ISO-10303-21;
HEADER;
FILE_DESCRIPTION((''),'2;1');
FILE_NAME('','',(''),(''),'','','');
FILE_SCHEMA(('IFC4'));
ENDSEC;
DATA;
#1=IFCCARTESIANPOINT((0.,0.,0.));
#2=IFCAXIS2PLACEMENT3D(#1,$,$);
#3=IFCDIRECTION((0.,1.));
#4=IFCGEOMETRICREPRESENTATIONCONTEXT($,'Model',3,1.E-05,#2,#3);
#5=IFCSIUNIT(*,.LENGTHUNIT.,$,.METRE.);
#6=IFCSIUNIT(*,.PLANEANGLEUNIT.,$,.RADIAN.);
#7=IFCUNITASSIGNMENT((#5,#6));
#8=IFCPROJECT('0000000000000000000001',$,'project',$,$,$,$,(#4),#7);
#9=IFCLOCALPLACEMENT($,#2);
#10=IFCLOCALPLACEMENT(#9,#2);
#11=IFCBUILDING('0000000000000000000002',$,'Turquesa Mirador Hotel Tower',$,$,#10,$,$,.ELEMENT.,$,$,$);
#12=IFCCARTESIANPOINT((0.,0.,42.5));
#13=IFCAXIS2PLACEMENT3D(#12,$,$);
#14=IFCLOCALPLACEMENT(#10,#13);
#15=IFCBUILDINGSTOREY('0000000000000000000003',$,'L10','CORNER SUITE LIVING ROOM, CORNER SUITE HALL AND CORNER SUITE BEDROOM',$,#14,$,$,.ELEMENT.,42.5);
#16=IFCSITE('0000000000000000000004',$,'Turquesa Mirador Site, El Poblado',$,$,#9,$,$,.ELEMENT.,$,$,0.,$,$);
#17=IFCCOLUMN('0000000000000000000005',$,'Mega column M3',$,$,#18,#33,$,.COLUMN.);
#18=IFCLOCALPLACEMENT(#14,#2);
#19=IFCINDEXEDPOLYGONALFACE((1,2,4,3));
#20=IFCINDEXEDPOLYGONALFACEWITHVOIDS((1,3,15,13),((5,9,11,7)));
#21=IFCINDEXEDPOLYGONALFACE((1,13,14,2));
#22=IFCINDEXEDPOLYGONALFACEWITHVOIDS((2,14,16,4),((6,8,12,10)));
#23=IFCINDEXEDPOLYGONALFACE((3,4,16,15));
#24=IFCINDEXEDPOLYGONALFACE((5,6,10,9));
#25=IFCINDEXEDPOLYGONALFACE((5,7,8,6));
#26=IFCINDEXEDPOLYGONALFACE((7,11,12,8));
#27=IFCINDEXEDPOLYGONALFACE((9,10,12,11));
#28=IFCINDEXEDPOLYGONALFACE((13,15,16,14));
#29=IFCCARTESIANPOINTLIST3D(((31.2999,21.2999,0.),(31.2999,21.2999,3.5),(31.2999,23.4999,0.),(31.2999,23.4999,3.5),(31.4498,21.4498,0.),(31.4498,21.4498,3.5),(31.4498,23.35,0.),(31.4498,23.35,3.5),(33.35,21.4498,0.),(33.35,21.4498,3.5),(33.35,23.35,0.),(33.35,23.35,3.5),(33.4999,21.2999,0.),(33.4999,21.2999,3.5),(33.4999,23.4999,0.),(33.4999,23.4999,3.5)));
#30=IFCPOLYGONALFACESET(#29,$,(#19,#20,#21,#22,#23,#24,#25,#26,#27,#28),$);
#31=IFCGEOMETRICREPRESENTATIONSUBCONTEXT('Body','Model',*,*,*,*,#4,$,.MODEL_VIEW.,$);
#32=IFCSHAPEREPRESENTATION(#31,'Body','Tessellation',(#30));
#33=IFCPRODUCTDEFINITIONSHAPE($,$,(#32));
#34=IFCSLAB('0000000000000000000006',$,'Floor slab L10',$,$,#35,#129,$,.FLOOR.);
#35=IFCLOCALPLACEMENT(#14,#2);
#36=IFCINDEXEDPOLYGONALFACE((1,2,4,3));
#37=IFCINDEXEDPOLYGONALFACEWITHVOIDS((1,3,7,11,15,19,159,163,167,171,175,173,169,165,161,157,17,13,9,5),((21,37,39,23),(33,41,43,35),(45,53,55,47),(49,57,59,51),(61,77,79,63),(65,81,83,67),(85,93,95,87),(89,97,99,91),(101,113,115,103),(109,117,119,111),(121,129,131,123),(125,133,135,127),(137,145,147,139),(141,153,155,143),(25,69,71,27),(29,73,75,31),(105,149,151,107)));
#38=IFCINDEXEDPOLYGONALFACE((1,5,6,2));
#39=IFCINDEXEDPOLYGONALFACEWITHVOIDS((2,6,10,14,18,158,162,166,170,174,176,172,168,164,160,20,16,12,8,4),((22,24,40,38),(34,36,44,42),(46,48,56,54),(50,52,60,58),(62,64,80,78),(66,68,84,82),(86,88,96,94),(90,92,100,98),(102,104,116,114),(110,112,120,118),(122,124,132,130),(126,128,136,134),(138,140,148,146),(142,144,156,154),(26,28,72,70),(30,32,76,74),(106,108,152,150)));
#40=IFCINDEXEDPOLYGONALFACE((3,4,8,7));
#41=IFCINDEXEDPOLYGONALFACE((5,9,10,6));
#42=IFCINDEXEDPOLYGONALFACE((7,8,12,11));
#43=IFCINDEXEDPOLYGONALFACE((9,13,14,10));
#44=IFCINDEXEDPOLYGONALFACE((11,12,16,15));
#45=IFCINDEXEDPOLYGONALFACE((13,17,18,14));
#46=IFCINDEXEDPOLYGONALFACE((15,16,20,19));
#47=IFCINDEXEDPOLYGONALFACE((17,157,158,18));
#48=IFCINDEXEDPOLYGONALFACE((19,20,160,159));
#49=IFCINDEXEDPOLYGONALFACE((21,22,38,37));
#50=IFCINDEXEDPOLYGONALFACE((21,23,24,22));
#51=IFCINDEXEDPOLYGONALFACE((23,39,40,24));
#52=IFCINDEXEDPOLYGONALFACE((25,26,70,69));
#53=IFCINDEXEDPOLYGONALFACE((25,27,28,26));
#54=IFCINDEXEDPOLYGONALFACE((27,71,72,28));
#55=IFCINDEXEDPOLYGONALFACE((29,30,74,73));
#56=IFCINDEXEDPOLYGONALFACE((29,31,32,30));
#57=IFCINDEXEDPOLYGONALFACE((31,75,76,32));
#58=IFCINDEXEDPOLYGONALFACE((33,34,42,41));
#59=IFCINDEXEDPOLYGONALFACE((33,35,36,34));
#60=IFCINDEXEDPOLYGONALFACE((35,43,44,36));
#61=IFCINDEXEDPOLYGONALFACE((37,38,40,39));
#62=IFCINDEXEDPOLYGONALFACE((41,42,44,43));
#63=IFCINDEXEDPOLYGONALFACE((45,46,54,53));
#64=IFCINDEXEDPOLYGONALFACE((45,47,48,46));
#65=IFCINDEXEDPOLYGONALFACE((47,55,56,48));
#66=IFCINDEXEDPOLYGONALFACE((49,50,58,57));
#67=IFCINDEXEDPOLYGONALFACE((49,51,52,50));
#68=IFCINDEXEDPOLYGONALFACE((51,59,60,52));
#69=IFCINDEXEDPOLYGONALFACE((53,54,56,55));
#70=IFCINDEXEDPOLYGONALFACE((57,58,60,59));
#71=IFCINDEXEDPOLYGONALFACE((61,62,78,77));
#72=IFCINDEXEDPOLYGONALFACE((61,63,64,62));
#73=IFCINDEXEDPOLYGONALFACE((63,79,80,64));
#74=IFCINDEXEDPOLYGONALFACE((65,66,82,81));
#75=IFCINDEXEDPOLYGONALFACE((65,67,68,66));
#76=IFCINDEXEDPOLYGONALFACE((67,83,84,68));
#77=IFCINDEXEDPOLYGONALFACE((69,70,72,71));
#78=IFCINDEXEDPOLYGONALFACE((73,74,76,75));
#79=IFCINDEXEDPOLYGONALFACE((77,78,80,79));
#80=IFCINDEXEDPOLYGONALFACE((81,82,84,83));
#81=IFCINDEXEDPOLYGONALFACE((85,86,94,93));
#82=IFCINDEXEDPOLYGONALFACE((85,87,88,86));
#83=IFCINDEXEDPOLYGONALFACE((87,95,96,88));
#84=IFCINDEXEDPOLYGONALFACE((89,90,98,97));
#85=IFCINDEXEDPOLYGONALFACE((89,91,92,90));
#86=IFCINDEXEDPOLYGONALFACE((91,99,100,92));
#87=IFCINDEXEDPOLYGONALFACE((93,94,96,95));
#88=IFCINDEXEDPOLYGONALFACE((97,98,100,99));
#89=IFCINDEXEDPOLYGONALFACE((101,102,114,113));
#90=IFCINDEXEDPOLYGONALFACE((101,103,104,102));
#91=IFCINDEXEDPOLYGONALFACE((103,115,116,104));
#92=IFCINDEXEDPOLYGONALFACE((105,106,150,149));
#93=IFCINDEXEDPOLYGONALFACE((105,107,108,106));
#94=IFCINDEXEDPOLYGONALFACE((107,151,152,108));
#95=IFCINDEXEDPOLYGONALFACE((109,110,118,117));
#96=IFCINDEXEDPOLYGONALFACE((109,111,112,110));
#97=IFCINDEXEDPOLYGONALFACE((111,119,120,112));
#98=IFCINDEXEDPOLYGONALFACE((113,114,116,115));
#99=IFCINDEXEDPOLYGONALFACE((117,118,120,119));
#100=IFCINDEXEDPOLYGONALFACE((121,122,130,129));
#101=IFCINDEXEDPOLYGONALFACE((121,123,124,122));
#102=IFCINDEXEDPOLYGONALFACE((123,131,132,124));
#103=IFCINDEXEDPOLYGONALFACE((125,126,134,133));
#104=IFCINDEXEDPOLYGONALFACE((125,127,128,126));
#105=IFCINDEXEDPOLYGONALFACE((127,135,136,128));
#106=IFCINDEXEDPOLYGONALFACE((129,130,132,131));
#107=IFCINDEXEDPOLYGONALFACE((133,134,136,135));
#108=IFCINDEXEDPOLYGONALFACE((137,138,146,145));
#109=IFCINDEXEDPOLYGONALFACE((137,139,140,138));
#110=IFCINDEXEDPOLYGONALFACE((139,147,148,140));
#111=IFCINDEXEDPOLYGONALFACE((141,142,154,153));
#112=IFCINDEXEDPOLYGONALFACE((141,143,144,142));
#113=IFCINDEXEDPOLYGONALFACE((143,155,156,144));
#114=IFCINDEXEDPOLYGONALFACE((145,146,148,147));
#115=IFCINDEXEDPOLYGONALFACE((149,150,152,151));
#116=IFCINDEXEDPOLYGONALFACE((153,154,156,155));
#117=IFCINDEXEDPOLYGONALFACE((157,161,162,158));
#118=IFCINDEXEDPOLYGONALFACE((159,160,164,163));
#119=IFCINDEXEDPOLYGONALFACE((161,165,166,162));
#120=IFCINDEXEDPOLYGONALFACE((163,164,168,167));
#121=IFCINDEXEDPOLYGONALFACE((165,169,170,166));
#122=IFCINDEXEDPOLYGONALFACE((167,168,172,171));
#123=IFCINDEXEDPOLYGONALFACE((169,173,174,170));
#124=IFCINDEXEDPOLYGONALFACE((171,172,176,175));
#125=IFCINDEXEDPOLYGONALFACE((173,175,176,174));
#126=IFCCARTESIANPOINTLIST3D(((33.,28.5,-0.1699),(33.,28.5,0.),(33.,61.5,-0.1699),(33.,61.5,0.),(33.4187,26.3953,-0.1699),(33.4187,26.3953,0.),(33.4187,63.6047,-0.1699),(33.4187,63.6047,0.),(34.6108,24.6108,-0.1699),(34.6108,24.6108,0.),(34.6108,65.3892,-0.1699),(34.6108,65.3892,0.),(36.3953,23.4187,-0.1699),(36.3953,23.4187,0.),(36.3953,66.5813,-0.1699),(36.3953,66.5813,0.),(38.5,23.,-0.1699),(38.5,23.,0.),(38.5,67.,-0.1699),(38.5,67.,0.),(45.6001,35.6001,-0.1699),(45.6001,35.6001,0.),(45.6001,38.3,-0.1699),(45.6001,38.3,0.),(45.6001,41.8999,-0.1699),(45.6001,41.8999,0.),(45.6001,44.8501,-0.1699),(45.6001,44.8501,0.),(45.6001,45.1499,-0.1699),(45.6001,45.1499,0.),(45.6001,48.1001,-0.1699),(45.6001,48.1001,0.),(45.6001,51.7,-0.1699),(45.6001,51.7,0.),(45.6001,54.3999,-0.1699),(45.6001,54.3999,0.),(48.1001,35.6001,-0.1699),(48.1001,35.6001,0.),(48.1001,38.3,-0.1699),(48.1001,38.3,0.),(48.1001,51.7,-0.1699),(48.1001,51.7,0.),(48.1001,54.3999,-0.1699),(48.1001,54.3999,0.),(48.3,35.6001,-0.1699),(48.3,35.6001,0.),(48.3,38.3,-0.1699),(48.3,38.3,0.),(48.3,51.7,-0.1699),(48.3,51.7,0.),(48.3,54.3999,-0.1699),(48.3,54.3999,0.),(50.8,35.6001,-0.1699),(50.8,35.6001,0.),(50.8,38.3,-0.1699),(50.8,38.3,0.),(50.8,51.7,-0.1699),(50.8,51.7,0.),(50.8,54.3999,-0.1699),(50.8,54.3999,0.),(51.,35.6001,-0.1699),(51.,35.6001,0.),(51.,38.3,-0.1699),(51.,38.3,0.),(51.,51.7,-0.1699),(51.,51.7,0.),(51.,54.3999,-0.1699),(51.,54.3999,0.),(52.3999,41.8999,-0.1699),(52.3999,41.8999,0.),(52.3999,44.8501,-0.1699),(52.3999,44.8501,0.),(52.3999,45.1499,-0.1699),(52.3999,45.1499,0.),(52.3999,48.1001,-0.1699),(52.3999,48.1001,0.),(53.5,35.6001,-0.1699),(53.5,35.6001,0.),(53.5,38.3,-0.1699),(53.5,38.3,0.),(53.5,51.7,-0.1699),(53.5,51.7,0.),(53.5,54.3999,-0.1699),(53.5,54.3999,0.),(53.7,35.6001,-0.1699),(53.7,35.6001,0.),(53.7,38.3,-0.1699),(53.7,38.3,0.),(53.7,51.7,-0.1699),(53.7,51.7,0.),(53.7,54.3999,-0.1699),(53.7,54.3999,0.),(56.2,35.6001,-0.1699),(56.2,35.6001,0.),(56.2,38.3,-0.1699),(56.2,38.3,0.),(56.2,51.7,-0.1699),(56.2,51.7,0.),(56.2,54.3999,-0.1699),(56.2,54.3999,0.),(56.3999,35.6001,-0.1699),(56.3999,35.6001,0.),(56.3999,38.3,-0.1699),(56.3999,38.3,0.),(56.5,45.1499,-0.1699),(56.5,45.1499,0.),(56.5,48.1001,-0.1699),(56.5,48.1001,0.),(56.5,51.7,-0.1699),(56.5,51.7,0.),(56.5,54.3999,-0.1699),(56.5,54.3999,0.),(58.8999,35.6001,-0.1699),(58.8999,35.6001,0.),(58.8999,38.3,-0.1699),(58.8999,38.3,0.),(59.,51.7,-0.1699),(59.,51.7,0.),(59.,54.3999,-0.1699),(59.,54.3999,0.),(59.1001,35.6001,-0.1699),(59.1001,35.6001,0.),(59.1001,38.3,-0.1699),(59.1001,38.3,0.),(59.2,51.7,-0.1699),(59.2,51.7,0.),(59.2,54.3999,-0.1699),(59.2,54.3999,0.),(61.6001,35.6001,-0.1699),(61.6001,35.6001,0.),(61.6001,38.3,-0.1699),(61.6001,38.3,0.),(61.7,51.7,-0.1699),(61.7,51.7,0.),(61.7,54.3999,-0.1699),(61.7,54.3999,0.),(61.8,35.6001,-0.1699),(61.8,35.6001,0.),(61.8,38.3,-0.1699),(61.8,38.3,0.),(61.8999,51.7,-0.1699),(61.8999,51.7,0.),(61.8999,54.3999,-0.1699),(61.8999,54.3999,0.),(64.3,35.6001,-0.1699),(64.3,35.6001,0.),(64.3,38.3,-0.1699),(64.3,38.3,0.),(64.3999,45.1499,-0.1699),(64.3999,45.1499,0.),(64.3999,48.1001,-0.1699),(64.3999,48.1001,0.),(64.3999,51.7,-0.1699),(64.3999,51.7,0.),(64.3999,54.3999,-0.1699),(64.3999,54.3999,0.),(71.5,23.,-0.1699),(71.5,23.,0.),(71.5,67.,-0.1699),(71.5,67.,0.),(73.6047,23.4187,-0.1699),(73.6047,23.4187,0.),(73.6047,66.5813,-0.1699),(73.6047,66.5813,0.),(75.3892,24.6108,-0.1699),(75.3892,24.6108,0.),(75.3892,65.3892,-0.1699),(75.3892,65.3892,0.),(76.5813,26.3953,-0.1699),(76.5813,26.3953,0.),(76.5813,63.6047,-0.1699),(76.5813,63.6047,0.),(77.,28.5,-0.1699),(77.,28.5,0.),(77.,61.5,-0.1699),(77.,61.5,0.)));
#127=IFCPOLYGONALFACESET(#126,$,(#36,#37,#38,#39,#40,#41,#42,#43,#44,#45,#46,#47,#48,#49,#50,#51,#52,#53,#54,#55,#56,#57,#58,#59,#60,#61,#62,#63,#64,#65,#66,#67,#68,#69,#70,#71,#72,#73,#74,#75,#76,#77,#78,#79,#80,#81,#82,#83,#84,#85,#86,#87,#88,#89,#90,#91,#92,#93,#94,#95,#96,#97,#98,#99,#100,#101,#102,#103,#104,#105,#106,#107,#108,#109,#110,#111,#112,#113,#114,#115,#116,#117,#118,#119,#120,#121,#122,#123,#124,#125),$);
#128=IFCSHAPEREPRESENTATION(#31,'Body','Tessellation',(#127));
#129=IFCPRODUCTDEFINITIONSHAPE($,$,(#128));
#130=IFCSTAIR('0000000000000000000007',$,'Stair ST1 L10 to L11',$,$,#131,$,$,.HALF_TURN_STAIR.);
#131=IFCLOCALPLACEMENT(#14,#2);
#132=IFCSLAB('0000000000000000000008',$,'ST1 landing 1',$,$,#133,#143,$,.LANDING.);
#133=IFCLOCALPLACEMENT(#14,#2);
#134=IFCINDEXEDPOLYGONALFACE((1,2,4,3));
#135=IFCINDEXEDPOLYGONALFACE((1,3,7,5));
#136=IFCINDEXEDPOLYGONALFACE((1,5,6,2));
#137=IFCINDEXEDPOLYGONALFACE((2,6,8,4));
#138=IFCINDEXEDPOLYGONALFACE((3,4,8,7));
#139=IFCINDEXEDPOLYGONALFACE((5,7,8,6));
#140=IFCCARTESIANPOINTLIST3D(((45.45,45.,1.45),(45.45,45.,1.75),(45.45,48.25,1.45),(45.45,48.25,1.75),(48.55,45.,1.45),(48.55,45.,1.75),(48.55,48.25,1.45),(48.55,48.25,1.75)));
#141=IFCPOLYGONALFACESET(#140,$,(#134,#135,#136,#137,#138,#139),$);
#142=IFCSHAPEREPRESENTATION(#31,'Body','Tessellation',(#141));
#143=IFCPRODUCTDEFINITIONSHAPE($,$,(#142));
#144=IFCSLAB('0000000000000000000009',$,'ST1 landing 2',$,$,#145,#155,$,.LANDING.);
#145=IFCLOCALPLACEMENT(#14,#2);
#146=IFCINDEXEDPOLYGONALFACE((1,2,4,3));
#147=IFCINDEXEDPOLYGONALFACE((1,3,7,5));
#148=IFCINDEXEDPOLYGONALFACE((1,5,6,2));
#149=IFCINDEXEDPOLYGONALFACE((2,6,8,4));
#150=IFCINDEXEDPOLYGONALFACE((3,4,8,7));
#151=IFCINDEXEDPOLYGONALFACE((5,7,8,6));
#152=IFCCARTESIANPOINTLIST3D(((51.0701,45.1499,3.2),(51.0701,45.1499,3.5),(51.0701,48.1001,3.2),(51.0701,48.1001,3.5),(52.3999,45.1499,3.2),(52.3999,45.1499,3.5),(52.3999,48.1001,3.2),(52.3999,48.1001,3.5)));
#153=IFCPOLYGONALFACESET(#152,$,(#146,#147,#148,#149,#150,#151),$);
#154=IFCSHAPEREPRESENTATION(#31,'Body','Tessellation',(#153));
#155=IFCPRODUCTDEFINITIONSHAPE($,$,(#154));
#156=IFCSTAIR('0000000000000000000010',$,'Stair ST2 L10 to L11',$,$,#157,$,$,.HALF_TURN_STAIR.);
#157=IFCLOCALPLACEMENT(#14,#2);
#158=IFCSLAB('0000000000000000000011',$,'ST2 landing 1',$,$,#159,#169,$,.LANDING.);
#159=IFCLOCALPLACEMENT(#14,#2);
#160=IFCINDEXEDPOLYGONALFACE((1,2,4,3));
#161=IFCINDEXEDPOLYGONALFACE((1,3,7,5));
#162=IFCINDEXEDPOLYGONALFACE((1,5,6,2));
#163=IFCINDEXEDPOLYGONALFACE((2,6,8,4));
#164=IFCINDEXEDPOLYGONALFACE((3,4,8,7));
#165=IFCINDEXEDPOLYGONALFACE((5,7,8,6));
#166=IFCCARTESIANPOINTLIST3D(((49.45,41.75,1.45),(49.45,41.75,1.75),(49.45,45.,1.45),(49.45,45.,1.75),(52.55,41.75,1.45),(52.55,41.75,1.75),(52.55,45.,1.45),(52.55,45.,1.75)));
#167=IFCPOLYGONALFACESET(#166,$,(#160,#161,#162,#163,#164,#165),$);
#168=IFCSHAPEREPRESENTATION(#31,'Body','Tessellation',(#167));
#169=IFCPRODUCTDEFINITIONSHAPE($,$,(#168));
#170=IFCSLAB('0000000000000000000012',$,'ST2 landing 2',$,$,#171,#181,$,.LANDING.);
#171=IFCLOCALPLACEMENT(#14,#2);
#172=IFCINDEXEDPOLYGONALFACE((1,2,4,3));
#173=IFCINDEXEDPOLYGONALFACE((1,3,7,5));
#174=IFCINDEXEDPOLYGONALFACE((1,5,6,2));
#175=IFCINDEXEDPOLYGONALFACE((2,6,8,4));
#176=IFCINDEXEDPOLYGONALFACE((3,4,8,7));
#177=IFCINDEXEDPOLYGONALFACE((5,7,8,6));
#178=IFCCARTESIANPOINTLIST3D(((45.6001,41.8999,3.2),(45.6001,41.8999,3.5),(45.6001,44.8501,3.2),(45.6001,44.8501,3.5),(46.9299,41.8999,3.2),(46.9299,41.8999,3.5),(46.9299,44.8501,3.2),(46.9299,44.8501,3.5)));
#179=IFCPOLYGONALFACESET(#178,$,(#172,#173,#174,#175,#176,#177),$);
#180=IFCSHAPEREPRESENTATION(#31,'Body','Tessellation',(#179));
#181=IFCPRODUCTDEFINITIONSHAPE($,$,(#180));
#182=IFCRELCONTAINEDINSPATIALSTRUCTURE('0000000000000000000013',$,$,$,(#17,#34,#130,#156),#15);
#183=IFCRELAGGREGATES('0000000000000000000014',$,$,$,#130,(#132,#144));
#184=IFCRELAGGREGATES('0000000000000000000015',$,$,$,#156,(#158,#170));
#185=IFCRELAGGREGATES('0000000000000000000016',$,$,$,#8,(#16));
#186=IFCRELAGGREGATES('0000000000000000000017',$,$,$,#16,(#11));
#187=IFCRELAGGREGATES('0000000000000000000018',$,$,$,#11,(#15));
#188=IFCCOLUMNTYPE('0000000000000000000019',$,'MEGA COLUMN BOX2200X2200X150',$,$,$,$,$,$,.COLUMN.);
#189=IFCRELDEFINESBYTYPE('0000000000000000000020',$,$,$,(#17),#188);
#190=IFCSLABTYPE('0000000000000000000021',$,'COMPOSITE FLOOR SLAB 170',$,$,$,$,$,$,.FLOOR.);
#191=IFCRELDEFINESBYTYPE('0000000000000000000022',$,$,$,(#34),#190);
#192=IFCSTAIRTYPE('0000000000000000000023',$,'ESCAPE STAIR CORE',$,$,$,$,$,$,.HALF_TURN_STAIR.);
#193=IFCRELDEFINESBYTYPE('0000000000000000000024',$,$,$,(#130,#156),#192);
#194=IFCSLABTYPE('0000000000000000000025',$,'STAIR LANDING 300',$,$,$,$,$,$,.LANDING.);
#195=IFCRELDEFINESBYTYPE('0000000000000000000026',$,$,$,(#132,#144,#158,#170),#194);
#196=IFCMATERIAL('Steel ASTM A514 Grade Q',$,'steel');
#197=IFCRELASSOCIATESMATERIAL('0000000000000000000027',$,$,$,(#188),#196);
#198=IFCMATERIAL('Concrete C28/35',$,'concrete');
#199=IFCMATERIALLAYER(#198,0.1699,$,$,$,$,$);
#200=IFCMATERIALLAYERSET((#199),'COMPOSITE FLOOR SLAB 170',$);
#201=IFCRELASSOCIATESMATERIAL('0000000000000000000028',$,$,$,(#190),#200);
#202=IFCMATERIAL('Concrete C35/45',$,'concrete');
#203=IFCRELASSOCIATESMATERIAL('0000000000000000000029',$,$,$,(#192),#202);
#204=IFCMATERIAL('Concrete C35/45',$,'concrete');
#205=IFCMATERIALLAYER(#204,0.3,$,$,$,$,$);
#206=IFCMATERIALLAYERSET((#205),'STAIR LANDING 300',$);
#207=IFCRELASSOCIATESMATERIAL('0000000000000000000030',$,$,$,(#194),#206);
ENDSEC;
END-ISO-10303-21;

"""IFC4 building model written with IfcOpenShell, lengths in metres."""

from ifc_helpers import new_model, si_unit, direction, frame, origin, origin_2d, place, context, subcontext, project, spatial, polyline, hollow_rectangle, outline, extrude, material, layer, layer_set, material_profile, profile_set, type_object, element, aggregate, save


model = new_model("IFC4")

# Units and contexts
model_context = context("Model", 3, precision=1e-05, world=origin(), true_north=direction((0.0, 1.0)))
body_context = subcontext(model_context, "Body", "Model", "MODEL_VIEW")
ifc_project = project(units=[si_unit("LENGTHUNIT", "METRE"), si_unit("PLANEANGLEUNIT", "RADIAN")], contexts=[model_context])

# Site, building, storey
site_placement = place(None, origin())
site = spatial("IfcSite", under=ifc_project, at=site_placement, Name="Turquesa Mirador Site, El Poblado", CompositionType="ELEMENT", RefElevation=0.0)
building_placement = place(site_placement, origin())
building = spatial("IfcBuilding", under=site, at=building_placement, Name="Turquesa Mirador Hotel Tower", CompositionType="ELEMENT")
storey_placement = place(building_placement, frame((0.0, 0.0, 42.5)))
storey = spatial("IfcBuildingStorey", under=building, at=storey_placement, Name="L10", Description="CORNER SUITE LIVING ROOM, CORNER SUITE HALL AND CORNER SUITE BEDROOM", CompositionType="ELEMENT", Elevation=42.5)

# Column
ifc_material_1 = material(Name="Steel ASTM A514 Grade Q", Category="steel")
ifc_material_profile = material_profile(ifc_material_1, hollow_rectangle(XDim=2.2, YDim=2.2, WallThickness=0.1499, at=origin_2d()), Name="BOX2200X2200X150")
ifc_profile_set = profile_set([ifc_material_profile], Name="Steel ASTM A514 Grade Q")
column_type = type_object("IfcColumnType", Name="MEGA COLUMN BOX2200X2200X150", PredefinedType="COLUMN", material=ifc_profile_set)
column_placement = place(storey_placement, frame((32.3999, 22.3999, 0.0), z_axis=(0.0, 0.0, 1.0), x_axis=(1.0, 0.0, 0.0)))
element("IfcColumn", 1, at=column_placement, inside=storey, type_object=column_type, Name="Mega column M3", PredefinedType="COLUMN", context=body_context, shape_type="SweptSolid", body=[
    extrude(hollow_rectangle(XDim=2.2, YDim=2.2, WallThickness=0.1499, at=origin_2d()), origin(), (0.0, 0.0, 1.0), 3.5),
])

# Slab
ifc_material_2 = material(Name="Concrete C28/35", Category="concrete")
ifc_layer_1 = layer(ifc_material_2, 0.1699)
ifc_layer_set_1 = layer_set([ifc_layer_1], Name="COMPOSITE FLOOR SLAB 170")
slab_type_1 = type_object("IfcSlabType", Name="COMPOSITE FLOOR SLAB 170", PredefinedType="FLOOR", material=ifc_layer_set_1)
slab_1_placement = place(storey_placement, frame((0.0, 0.0, -0.1699)))
element("IfcSlab", 2, at=slab_1_placement, inside=storey, type_object=slab_type_1, Name="Floor slab L10", PredefinedType="FLOOR", context=body_context, shape_type="SweptSolid", body=[
    extrude(outline(polyline([(71.5, 23.0), (73.6047, 23.4187), (75.3892, 24.6108), (76.5813, 26.3953), (77.0, 28.5), (77.0, 61.5), (76.5813, 63.6047), (75.3892, 65.3892), (73.6047, 66.5813), (71.5, 67.0), (38.5, 67.0), (36.3953, 66.5813), (34.6108, 65.3892), (33.4187, 63.6047), (33.0, 61.5), (33.0, 28.5), (33.4187, 26.3953), (34.6108, 24.6108), (36.3953, 23.4187), (38.5, 23.0), (71.5, 23.0)]), holes=[polyline([(45.6001, 51.7), (48.1001, 51.7), (48.1001, 54.3999), (45.6001, 54.3999), (45.6001, 51.7)]), polyline([(48.3, 51.7), (50.8, 51.7), (50.8, 54.3999), (48.3, 54.3999), (48.3, 51.7)]), polyline([(51.0, 51.7), (53.5, 51.7), (53.5, 54.3999), (51.0, 54.3999), (51.0, 51.7)]), polyline([(53.7, 51.7), (56.2, 51.7), (56.2, 54.3999), (53.7, 54.3999), (53.7, 51.7)]), polyline([(56.5, 51.7), (59.0, 51.7), (59.0, 54.3999), (56.5, 54.3999), (56.5, 51.7)]), polyline([(59.2, 51.7), (61.7, 51.7), (61.7, 54.3999), (59.2, 54.3999), (59.2, 51.7)]), polyline([(45.6001, 35.6001), (48.1001, 35.6001), (48.1001, 38.3), (45.6001, 38.3), (45.6001, 35.6001)]), polyline([(48.3, 35.6001), (50.8, 35.6001), (50.8, 38.3), (48.3, 38.3), (48.3, 35.6001)]), polyline([(51.0, 35.6001), (53.5, 35.6001), (53.5, 38.3), (51.0, 38.3), (51.0, 35.6001)]), polyline([(53.7, 35.6001), (56.2, 35.6001), (56.2, 38.3), (53.7, 38.3), (53.7, 35.6001)]), polyline([(56.3999, 35.6001), (58.8999, 35.6001), (58.8999, 38.3), (56.3999, 38.3), (56.3999, 35.6001)]), polyline([(59.1001, 35.6001), (61.6001, 35.6001), (61.6001, 38.3), (59.1001, 38.3), (59.1001, 35.6001)]), polyline([(61.8, 35.6001), (64.3, 35.6001), (64.3, 38.3), (61.8, 38.3), (61.8, 35.6001)]), polyline([(45.6001, 45.1499), (52.3999, 45.1499), (52.3999, 48.1001), (45.6001, 48.1001), (45.6001, 45.1499)]), polyline([(45.6001, 41.8999), (52.3999, 41.8999), (52.3999, 44.8501), (45.6001, 44.8501), (45.6001, 41.8999)]), polyline([(56.5, 45.1499), (64.3999, 45.1499), (64.3999, 48.1001), (56.5, 48.1001), (56.5, 45.1499)]), polyline([(61.8999, 51.7), (64.3999, 51.7), (64.3999, 54.3999), (61.8999, 54.3999), (61.8999, 51.7)])]), origin(), (0.0, 0.0, 1.0), 0.1699),
])

# Stairs, slabs
ifc_material_3 = material(Name="Concrete C35/45", Category="concrete")
stair_type = type_object("IfcStairType", Name="ESCAPE STAIR CORE", PredefinedType="HALF_TURN_STAIR", material=ifc_material_3)
stair_1_placement = place(storey_placement, origin())
stair_1 = element("IfcStair", 3, at=stair_1_placement, inside=storey, type_object=stair_type, Name="Stair ST1 L10 to L11", PredefinedType="HALF_TURN_STAIR")
ifc_material_4 = material(Name="Concrete C35/45", Category="concrete")
ifc_layer_2 = layer(ifc_material_4, 0.3)
ifc_layer_set_2 = layer_set([ifc_layer_2], Name="STAIR LANDING 300")
slab_type_2 = type_object("IfcSlabType", Name="STAIR LANDING 300", PredefinedType="LANDING", material=ifc_layer_set_2)
slab_2_placement = place(storey_placement, frame((0.0, 0.0, 1.45)))
slab_2 = element("IfcSlab", 4, at=slab_2_placement, type_object=slab_type_2, Name="ST1 landing 1", PredefinedType="LANDING", context=body_context, shape_type="SweptSolid", body=[
    extrude(outline(polyline([(45.45, 45.0), (48.55, 45.0), (48.55, 48.25), (45.45, 48.25), (45.45, 45.0)])), origin(), (0.0, 0.0, 1.0), 0.3),
])
slab_3_placement = place(storey_placement, frame((0.0, 0.0, 3.2)))
slab_3 = element("IfcSlab", 5, at=slab_3_placement, type_object=slab_type_2, Name="ST1 landing 2", PredefinedType="LANDING", context=body_context, shape_type="SweptSolid", body=[
    extrude(outline(polyline([(51.0701, 45.1499), (52.3999, 45.1499), (52.3999, 48.1001), (51.0701, 48.1001), (51.0701, 45.1499)])), origin(), (0.0, 0.0, 1.0), 0.3),
])
aggregate(stair_1, [slab_2, slab_3])
stair_2_placement = place(storey_placement, origin())
stair_2 = element("IfcStair", 6, at=stair_2_placement, inside=storey, type_object=stair_type, Name="Stair ST2 L10 to L11", PredefinedType="HALF_TURN_STAIR")
slab_4_placement = place(storey_placement, frame((0.0, 0.0, 1.45)))
slab_4 = element("IfcSlab", 7, at=slab_4_placement, type_object=slab_type_2, Name="ST2 landing 1", PredefinedType="LANDING", context=body_context, shape_type="SweptSolid", body=[
    extrude(outline(polyline([(52.55, 45.0), (49.45, 45.0), (49.45, 41.75), (52.55, 41.75), (52.55, 45.0)])), origin(), (0.0, 0.0, 1.0), 0.3),
])
slab_5_placement = place(storey_placement, frame((0.0, 0.0, 3.2)))
slab_5 = element("IfcSlab", 8, at=slab_5_placement, type_object=slab_type_2, Name="ST2 landing 2", PredefinedType="LANDING", context=body_context, shape_type="SweptSolid", body=[
    extrude(outline(polyline([(46.9299, 44.8501), (45.6001, 44.8501), (45.6001, 41.8999), (46.9299, 41.8999), (46.9299, 44.8501)])), origin(), (0.0, 0.0, 1.0), 0.3),
])
aggregate(stair_2, [slab_4, slab_5])

save(model, "model.ifc")
